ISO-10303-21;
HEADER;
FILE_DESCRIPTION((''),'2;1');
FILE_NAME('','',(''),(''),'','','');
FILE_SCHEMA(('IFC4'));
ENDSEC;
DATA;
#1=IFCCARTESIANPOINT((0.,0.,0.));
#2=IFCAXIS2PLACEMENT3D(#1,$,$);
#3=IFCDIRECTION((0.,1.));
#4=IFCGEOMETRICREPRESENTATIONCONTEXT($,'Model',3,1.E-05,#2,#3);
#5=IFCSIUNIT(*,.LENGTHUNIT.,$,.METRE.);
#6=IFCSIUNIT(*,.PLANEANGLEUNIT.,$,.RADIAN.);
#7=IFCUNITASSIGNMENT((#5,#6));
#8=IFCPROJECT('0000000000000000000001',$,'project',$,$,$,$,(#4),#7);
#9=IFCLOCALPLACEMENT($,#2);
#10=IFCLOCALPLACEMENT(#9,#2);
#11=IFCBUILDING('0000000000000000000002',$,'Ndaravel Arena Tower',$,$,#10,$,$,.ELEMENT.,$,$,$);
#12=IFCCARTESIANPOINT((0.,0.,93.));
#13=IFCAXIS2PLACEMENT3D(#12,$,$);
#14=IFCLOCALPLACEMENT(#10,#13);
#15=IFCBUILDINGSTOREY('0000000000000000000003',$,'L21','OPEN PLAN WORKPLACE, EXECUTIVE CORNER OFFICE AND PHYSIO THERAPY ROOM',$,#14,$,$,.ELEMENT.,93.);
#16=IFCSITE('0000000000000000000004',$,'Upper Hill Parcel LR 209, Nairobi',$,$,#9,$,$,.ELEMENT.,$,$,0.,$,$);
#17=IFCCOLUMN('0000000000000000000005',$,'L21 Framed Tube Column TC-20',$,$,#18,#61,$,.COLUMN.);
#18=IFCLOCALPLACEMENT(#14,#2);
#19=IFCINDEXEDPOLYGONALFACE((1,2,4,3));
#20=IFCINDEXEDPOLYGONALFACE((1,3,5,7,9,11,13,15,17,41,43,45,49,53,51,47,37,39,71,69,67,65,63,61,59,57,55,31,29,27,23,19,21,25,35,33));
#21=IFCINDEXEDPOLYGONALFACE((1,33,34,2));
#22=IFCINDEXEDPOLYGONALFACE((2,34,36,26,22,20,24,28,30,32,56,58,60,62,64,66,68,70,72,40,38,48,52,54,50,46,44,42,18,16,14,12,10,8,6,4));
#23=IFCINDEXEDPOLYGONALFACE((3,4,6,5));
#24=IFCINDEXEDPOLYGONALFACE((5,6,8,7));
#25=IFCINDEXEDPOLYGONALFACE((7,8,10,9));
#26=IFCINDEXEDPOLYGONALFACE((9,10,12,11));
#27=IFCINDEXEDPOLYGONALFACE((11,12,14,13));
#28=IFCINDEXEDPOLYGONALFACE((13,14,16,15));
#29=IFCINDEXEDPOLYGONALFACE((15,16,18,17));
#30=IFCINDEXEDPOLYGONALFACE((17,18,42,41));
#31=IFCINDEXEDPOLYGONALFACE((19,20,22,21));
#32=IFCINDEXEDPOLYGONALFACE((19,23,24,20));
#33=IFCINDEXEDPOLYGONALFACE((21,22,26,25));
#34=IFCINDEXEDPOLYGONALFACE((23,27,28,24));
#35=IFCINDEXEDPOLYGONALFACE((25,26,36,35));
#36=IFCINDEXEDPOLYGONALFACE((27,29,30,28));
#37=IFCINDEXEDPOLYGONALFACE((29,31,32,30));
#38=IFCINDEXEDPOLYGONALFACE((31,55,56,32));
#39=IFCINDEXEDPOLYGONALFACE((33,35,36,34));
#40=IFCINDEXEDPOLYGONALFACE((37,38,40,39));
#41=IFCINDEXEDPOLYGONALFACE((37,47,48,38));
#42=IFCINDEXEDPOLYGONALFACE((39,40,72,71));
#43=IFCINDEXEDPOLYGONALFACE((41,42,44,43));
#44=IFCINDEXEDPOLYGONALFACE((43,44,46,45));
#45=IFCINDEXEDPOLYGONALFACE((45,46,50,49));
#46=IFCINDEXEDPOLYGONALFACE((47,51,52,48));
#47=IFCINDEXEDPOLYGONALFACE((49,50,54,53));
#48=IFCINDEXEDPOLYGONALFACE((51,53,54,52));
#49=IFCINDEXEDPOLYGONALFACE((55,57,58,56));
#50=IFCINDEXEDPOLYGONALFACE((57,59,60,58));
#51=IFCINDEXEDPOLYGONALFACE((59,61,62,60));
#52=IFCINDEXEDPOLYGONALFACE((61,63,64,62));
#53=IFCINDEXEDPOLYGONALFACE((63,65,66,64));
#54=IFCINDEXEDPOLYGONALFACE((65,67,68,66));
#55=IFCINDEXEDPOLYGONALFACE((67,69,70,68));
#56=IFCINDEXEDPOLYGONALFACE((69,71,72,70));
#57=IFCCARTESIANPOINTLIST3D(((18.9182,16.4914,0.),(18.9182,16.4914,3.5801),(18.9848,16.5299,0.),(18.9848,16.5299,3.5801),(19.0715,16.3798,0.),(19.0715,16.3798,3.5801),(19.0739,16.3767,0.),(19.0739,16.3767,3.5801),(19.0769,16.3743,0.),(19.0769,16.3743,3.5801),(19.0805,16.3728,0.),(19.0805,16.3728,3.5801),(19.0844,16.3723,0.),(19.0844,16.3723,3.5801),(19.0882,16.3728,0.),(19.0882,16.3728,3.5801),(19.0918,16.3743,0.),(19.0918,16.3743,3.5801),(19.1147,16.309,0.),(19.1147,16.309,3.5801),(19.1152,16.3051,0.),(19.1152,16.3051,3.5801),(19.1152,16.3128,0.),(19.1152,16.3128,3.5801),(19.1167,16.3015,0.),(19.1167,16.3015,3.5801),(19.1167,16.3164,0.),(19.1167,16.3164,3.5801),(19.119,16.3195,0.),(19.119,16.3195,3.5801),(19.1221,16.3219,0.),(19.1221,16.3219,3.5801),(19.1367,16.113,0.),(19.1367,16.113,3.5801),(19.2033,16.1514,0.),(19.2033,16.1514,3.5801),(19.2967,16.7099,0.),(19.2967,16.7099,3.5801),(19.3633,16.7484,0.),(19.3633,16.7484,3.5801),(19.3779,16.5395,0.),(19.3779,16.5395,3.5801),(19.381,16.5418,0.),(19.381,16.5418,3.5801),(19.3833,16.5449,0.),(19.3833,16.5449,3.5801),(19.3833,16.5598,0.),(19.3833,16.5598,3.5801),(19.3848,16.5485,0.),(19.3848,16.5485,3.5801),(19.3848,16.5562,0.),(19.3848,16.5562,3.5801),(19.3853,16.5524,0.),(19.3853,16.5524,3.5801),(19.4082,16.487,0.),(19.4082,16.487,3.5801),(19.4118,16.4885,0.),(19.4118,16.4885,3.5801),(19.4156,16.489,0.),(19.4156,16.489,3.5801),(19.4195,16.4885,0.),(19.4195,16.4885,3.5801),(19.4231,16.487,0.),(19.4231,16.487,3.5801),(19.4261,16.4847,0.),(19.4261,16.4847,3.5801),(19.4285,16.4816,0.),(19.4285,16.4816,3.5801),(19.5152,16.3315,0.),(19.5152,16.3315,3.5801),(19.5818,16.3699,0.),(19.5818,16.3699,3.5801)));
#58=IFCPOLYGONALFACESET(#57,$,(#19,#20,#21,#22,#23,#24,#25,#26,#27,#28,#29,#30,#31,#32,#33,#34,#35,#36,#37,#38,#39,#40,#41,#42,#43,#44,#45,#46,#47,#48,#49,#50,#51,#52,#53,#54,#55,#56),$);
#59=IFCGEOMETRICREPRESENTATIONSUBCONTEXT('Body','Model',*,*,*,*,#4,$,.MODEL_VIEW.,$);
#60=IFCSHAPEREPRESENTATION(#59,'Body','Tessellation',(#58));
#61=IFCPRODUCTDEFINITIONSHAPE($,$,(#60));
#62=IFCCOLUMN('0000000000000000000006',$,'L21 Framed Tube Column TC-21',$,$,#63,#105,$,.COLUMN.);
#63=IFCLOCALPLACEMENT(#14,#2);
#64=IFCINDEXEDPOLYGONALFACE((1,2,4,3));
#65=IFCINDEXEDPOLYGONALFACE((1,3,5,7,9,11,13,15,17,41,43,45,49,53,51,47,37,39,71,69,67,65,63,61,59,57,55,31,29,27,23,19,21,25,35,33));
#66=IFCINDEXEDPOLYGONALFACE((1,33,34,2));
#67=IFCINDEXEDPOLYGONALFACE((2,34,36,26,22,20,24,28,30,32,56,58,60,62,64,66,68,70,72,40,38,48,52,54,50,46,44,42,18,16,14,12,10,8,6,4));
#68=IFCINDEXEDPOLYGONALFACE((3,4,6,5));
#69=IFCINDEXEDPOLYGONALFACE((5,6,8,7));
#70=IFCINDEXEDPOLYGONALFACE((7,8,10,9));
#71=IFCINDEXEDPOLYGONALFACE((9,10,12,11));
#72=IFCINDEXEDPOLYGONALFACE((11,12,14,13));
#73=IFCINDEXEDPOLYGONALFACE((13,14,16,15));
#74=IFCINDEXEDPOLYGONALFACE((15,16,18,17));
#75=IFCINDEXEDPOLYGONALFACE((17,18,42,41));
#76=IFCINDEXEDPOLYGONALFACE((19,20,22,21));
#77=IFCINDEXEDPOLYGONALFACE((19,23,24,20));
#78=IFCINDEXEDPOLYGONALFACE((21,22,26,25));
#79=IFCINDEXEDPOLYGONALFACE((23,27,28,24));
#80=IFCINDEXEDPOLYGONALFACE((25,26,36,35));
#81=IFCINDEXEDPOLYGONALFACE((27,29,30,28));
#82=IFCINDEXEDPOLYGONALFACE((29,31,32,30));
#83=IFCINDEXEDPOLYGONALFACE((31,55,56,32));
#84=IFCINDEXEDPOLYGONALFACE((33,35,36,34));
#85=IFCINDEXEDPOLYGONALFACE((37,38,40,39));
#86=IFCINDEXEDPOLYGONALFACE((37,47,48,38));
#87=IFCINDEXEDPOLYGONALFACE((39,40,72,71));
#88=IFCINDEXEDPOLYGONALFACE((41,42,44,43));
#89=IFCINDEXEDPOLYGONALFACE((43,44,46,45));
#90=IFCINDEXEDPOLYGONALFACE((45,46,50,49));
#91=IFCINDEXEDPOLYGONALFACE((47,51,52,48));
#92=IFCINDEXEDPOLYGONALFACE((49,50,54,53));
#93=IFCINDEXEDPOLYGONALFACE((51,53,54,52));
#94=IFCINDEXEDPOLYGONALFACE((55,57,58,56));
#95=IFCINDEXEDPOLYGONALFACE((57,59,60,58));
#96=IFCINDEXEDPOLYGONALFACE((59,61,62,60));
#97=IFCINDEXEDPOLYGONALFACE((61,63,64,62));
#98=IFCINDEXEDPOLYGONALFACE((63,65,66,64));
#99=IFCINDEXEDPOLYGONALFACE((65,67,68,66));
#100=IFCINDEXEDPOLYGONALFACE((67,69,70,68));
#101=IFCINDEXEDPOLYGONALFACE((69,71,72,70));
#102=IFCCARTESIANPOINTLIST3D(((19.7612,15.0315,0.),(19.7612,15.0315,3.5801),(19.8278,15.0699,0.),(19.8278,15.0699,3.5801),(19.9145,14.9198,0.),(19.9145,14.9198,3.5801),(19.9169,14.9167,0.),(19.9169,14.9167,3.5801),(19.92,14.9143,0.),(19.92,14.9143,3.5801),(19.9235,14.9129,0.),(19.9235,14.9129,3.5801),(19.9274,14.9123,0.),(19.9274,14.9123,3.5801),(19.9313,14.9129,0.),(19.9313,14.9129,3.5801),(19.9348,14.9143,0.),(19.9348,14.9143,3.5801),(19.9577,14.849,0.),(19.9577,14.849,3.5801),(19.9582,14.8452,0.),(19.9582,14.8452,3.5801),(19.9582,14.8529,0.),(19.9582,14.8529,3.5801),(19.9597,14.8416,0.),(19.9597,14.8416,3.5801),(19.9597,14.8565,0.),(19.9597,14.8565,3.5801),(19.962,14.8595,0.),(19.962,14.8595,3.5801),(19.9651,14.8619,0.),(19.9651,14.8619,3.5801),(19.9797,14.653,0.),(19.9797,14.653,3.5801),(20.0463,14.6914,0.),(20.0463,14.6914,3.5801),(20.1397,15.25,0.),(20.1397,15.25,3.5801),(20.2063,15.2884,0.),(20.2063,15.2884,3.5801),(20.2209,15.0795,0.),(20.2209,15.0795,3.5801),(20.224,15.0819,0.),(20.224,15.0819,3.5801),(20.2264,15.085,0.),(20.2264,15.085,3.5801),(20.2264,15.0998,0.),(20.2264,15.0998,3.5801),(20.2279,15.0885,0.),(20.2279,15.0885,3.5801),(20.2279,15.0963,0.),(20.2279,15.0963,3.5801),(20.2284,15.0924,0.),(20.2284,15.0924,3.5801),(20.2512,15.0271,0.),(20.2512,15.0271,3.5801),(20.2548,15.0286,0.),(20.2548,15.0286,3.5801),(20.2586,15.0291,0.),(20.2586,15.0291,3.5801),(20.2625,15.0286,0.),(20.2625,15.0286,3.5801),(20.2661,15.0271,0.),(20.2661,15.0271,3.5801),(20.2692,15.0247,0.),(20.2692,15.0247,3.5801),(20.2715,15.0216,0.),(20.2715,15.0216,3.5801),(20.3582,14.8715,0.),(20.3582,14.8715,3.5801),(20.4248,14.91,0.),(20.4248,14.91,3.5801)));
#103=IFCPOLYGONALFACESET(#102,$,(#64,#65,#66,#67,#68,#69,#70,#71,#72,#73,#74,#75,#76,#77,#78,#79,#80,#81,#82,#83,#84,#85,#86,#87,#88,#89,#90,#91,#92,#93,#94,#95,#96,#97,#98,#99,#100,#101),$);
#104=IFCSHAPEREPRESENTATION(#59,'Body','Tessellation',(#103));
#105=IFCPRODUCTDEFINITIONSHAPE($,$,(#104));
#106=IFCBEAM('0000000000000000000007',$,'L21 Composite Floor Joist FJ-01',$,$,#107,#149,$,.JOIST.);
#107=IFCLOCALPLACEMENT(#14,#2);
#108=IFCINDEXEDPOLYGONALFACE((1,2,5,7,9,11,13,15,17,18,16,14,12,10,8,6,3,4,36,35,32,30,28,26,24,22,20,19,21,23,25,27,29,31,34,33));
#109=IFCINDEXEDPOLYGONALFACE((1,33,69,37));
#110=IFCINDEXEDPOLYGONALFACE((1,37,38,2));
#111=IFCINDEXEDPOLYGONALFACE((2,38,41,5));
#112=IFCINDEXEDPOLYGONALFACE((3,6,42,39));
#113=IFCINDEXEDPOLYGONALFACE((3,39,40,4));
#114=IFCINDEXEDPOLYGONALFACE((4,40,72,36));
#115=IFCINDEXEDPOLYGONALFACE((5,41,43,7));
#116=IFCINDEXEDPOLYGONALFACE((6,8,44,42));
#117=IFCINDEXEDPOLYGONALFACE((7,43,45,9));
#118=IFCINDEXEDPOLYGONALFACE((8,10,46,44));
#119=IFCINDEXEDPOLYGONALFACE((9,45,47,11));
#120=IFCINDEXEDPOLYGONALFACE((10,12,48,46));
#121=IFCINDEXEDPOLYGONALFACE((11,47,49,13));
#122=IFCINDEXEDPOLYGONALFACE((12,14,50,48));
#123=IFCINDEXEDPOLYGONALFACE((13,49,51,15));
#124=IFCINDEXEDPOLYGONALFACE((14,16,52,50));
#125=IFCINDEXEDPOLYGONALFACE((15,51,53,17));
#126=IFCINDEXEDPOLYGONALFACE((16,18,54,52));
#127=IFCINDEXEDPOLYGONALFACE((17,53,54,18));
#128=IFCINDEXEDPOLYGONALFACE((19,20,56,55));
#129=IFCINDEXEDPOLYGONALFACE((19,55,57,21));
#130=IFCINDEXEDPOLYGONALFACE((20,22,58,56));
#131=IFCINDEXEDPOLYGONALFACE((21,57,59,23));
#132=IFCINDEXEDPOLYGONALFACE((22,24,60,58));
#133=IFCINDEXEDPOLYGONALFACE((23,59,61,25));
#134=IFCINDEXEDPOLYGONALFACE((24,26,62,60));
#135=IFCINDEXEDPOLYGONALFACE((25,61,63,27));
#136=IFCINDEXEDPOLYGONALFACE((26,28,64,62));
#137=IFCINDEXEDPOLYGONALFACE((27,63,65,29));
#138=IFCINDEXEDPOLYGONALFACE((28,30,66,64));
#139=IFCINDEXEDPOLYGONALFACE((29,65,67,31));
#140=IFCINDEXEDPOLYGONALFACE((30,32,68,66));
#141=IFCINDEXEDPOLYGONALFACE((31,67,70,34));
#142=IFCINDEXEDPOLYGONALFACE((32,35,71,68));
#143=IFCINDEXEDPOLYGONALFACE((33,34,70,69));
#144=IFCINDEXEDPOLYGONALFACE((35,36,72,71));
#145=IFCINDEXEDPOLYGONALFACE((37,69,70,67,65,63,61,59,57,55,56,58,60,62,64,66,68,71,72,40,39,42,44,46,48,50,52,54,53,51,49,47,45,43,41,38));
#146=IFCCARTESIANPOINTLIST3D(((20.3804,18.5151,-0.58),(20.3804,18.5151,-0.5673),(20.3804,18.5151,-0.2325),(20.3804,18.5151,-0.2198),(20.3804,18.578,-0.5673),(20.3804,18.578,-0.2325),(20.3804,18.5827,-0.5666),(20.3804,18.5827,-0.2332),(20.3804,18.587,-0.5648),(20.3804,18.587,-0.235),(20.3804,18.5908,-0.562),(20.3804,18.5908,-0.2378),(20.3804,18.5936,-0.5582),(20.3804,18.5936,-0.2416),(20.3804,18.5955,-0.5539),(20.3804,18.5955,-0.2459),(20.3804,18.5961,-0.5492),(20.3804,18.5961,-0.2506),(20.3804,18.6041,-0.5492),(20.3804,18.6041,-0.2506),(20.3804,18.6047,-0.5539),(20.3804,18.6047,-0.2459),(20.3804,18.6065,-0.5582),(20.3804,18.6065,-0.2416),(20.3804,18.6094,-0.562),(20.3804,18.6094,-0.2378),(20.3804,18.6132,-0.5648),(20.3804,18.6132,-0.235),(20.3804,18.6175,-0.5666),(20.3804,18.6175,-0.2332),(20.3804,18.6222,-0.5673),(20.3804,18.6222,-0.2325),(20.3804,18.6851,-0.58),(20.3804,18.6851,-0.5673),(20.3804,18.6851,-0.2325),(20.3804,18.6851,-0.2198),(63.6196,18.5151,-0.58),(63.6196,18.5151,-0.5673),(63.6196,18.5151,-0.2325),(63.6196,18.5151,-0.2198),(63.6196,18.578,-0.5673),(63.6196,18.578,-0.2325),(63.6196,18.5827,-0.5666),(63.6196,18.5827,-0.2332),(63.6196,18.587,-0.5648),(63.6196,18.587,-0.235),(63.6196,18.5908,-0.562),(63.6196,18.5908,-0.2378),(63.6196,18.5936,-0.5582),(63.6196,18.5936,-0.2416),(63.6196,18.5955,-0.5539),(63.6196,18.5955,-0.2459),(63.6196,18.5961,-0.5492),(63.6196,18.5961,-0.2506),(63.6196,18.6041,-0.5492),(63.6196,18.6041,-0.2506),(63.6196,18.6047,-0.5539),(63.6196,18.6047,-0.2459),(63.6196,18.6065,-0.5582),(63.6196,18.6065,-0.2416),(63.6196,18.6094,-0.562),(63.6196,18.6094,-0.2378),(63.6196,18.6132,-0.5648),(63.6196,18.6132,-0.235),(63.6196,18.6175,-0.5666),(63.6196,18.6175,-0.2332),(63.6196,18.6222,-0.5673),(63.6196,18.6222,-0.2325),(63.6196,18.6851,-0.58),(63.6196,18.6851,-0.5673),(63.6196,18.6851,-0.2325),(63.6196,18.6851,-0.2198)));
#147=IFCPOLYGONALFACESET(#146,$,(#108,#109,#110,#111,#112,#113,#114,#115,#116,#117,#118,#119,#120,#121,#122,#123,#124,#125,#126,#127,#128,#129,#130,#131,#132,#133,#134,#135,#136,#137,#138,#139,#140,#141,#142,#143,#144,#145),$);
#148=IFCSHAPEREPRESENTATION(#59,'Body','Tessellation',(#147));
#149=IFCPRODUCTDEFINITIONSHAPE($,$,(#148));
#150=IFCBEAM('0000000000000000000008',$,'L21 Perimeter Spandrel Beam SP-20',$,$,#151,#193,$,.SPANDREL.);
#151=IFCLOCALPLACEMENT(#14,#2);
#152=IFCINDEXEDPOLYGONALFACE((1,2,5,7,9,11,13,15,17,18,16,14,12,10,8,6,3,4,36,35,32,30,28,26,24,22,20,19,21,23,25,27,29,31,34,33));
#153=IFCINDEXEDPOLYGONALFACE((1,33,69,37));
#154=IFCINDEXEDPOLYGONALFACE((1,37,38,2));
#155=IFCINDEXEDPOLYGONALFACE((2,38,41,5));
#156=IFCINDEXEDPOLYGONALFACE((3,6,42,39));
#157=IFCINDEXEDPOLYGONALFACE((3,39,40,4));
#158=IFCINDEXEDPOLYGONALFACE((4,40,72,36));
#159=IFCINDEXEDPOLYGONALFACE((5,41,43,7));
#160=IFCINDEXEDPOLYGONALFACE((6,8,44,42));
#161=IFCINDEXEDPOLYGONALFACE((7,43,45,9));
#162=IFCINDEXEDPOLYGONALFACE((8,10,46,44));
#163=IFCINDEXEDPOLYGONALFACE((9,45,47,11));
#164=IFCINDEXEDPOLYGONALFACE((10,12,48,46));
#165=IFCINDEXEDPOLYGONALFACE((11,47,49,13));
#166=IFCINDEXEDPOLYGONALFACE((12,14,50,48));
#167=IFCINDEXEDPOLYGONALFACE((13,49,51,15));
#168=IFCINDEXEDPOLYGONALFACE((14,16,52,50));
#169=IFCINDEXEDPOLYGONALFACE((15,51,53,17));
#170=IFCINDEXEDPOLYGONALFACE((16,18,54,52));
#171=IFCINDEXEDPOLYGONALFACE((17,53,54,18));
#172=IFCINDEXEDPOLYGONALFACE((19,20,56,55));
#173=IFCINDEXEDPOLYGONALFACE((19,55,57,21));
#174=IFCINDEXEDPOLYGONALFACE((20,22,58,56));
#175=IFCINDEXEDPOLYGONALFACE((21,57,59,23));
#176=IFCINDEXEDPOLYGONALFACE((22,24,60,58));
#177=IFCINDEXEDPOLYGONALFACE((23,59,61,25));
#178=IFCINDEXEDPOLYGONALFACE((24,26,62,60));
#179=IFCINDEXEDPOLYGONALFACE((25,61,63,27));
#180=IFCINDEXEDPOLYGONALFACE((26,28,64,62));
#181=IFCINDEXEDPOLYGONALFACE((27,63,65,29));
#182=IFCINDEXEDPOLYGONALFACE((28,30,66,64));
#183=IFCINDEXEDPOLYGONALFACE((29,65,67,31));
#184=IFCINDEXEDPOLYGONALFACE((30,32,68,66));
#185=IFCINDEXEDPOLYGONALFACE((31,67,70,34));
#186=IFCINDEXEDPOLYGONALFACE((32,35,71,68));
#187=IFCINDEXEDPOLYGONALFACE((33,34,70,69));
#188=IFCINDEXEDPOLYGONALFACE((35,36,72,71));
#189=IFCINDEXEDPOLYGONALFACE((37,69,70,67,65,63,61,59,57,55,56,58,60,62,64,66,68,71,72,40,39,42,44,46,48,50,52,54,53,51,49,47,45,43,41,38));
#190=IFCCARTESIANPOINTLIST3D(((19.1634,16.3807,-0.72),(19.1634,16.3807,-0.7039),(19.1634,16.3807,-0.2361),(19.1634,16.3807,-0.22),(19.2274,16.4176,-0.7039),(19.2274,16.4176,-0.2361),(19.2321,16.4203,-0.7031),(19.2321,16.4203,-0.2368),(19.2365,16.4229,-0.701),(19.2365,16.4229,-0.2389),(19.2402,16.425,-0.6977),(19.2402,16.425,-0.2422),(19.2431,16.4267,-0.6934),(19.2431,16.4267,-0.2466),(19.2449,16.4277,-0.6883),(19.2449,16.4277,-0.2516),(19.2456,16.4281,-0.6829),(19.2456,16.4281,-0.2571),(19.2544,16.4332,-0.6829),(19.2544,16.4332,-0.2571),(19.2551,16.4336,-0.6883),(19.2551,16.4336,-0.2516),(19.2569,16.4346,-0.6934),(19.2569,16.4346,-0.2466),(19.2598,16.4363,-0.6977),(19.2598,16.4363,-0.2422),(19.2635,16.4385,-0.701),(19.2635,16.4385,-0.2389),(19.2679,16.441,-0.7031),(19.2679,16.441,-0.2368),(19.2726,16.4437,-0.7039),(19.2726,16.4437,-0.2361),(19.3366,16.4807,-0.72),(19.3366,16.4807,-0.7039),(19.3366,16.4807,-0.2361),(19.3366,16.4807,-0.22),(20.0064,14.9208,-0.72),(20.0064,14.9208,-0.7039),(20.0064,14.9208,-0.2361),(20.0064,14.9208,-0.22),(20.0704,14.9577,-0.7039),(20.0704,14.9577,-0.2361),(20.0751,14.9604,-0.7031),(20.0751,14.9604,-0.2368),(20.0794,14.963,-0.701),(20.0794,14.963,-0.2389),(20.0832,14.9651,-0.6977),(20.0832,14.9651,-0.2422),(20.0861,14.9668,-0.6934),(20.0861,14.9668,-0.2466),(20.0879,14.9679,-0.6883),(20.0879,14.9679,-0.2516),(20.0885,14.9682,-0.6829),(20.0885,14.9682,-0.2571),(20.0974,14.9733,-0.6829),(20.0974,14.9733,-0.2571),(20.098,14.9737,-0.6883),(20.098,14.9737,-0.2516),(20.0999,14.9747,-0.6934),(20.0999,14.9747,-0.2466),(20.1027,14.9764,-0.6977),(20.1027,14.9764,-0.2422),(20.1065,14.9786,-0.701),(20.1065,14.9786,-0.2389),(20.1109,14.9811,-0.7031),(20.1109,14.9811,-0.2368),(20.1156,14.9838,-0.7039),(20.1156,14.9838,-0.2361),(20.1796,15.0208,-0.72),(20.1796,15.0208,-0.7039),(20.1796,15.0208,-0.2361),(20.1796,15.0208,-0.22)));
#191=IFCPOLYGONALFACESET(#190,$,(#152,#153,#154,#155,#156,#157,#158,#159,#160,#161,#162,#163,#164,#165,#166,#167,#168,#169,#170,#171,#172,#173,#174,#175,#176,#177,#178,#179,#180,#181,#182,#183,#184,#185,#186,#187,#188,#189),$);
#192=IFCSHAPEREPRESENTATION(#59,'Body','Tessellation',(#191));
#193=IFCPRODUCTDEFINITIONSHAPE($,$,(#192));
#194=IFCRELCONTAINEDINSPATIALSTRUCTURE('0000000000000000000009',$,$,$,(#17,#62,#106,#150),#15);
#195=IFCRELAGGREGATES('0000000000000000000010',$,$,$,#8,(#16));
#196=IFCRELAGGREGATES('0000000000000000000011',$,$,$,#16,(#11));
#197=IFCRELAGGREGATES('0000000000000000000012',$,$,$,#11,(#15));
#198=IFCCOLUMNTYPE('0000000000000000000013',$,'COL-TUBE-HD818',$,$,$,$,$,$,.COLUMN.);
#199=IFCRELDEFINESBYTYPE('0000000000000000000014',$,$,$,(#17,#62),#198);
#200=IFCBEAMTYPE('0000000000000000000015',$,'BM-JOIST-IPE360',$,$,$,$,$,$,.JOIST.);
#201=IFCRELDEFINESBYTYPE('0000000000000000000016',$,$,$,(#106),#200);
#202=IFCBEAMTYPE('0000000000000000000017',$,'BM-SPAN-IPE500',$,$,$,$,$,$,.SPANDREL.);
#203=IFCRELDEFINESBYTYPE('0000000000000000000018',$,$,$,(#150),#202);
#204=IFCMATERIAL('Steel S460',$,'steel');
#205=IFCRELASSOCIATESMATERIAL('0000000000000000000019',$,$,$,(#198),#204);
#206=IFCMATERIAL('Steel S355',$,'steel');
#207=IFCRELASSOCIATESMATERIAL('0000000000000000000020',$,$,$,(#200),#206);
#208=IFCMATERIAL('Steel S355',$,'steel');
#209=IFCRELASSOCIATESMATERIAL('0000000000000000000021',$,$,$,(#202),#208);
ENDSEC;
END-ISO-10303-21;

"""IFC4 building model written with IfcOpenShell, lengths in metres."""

from ifc_helpers import new_model, si_unit, direction, frame, origin, origin_2d, place, context, subcontext, project, spatial, i_section, extrude, material, material_profile, profile_set, type_object, element, save


model = new_model("IFC4")

# Units and contexts
model_context = context("Model", 3, precision=1e-05, world=origin(), true_north=direction((0.0, 1.0)))
body_context = subcontext(model_context, "Body", "Model", "MODEL_VIEW")
ifc_project = project(units=[si_unit("LENGTHUNIT", "METRE"), si_unit("PLANEANGLEUNIT", "RADIAN")], contexts=[model_context])

# Site, building, storey
site_placement = place(None, origin())
site = spatial("IfcSite", under=ifc_project, at=site_placement, Name="Upper Hill Parcel LR 209, Nairobi", CompositionType="ELEMENT", RefElevation=0.0)
building_placement = place(site_placement, origin())
building = spatial("IfcBuilding", under=site, at=building_placement, Name="Ndaravel Arena Tower", CompositionType="ELEMENT")
storey_placement = place(building_placement, frame((0.0, 0.0, 93.0)))
storey = spatial("IfcBuildingStorey", under=building, at=storey_placement, Name="L21", Description="OPEN PLAN WORKPLACE, EXECUTIVE CORNER OFFICE AND PHYSIO THERAPY ROOM", CompositionType="ELEMENT", Elevation=93.0)

# Columns
ifc_material_1 = material(Name="Steel S460", Category="steel")
ifc_material_profile_1 = material_profile(ifc_material_1, i_section(OverallWidth=0.437, OverallDepth=0.5139, WebThickness=0.0605, FlangeThickness=0.0769, FilletRadius=0.0149, at=origin_2d()), Name="HD 400x818")
ifc_profile_set_1 = profile_set([ifc_material_profile_1], Name="Steel S460")
column_type = type_object("IfcColumnType", Name="COL-TUBE-HD818", PredefinedType="COLUMN", material=ifc_profile_set_1)
for number, where, z_axis, x_axis, name in (
    (1, (19.25, 16.4307, 0.0), (0.0, 0.0, 1.0), (-0.5, 0.866025, 0.0), "L21 Framed Tube Column TC-20"),
    (2, (20.093, 14.9707, 0.0), (0.0, 0.0, 1.0), (-0.5, 0.866025, 0.0), "L21 Framed Tube Column TC-21"),
):
    element("IfcColumn", number, at=place(storey_placement, frame(where, z_axis=z_axis, x_axis=x_axis)), inside=storey, type_object=column_type, Name=name, PredefinedType="COLUMN", context=body_context, shape_type="SweptSolid", body=[
        extrude(i_section(OverallWidth=0.437, OverallDepth=0.5139, WebThickness=0.0605, FlangeThickness=0.0769, FilletRadius=0.0149, at=origin_2d()), origin(), (0.0, 0.0, 1.0), 3.5801),
    ])

# Beams
ifc_material_2 = material(Name="Steel S355", Category="steel")
ifc_material_profile_2 = material_profile(ifc_material_2, i_section(OverallWidth=0.1699, OverallDepth=0.3601, WebThickness=0.0081, FlangeThickness=0.0127, FilletRadius=0.0181, at=origin_2d()), Name="IPE 360")
ifc_profile_set_2 = profile_set([ifc_material_profile_2], Name="Steel S355")
beam_type_1 = type_object("IfcBeamType", Name="BM-JOIST-IPE360", PredefinedType="JOIST", material=ifc_profile_set_2)
beam_1_placement = place(storey_placement, frame((20.3804, 18.6001, -0.3999), z_axis=(1.0, 0.0, 0.0), x_axis=(0.0, 1.0, 0.0)))
element("IfcBeam", 3, at=beam_1_placement, inside=storey, type_object=beam_type_1, Name="L21 Composite Floor Joist FJ-01", PredefinedType="JOIST", context=body_context, shape_type="SweptSolid", body=[
    extrude(i_section(OverallWidth=0.1699, OverallDepth=0.3601, WebThickness=0.0081, FlangeThickness=0.0127, FilletRadius=0.0181, at=origin_2d()), origin(), (0.0, 0.0, 1.0), 43.2393),
])
ifc_material_3 = material(Name="Steel S355", Category="steel")
ifc_material_profile_3 = material_profile(ifc_material_3, i_section(OverallWidth=0.2, OverallDepth=0.5, WebThickness=0.0103, FlangeThickness=0.0161, FilletRadius=0.021, at=origin_2d()), Name="IPE 500")
ifc_profile_set_3 = profile_set([ifc_material_profile_3], Name="Steel S355")
beam_type_2 = type_object("IfcBeamType", Name="BM-SPAN-IPE500", PredefinedType="SPANDREL", material=ifc_profile_set_3)
beam_2_placement = place(storey_placement, frame((19.25, 16.4307, -0.47), z_axis=(0.500048, -0.865997, 0.0), x_axis=(0.865997, 0.500048, 0.0)))
element("IfcBeam", 4, at=beam_2_placement, inside=storey, type_object=beam_type_2, Name="L21 Perimeter Spandrel Beam SP-20", PredefinedType="SPANDREL", context=body_context, shape_type="SweptSolid", body=[
    extrude(i_section(OverallWidth=0.2, OverallDepth=0.5, WebThickness=0.0103, FlangeThickness=0.0161, FilletRadius=0.021, at=origin_2d()), origin(), (0.0, 0.0, 1.0), 1.6858),
])

save(model, "model.ifc")
